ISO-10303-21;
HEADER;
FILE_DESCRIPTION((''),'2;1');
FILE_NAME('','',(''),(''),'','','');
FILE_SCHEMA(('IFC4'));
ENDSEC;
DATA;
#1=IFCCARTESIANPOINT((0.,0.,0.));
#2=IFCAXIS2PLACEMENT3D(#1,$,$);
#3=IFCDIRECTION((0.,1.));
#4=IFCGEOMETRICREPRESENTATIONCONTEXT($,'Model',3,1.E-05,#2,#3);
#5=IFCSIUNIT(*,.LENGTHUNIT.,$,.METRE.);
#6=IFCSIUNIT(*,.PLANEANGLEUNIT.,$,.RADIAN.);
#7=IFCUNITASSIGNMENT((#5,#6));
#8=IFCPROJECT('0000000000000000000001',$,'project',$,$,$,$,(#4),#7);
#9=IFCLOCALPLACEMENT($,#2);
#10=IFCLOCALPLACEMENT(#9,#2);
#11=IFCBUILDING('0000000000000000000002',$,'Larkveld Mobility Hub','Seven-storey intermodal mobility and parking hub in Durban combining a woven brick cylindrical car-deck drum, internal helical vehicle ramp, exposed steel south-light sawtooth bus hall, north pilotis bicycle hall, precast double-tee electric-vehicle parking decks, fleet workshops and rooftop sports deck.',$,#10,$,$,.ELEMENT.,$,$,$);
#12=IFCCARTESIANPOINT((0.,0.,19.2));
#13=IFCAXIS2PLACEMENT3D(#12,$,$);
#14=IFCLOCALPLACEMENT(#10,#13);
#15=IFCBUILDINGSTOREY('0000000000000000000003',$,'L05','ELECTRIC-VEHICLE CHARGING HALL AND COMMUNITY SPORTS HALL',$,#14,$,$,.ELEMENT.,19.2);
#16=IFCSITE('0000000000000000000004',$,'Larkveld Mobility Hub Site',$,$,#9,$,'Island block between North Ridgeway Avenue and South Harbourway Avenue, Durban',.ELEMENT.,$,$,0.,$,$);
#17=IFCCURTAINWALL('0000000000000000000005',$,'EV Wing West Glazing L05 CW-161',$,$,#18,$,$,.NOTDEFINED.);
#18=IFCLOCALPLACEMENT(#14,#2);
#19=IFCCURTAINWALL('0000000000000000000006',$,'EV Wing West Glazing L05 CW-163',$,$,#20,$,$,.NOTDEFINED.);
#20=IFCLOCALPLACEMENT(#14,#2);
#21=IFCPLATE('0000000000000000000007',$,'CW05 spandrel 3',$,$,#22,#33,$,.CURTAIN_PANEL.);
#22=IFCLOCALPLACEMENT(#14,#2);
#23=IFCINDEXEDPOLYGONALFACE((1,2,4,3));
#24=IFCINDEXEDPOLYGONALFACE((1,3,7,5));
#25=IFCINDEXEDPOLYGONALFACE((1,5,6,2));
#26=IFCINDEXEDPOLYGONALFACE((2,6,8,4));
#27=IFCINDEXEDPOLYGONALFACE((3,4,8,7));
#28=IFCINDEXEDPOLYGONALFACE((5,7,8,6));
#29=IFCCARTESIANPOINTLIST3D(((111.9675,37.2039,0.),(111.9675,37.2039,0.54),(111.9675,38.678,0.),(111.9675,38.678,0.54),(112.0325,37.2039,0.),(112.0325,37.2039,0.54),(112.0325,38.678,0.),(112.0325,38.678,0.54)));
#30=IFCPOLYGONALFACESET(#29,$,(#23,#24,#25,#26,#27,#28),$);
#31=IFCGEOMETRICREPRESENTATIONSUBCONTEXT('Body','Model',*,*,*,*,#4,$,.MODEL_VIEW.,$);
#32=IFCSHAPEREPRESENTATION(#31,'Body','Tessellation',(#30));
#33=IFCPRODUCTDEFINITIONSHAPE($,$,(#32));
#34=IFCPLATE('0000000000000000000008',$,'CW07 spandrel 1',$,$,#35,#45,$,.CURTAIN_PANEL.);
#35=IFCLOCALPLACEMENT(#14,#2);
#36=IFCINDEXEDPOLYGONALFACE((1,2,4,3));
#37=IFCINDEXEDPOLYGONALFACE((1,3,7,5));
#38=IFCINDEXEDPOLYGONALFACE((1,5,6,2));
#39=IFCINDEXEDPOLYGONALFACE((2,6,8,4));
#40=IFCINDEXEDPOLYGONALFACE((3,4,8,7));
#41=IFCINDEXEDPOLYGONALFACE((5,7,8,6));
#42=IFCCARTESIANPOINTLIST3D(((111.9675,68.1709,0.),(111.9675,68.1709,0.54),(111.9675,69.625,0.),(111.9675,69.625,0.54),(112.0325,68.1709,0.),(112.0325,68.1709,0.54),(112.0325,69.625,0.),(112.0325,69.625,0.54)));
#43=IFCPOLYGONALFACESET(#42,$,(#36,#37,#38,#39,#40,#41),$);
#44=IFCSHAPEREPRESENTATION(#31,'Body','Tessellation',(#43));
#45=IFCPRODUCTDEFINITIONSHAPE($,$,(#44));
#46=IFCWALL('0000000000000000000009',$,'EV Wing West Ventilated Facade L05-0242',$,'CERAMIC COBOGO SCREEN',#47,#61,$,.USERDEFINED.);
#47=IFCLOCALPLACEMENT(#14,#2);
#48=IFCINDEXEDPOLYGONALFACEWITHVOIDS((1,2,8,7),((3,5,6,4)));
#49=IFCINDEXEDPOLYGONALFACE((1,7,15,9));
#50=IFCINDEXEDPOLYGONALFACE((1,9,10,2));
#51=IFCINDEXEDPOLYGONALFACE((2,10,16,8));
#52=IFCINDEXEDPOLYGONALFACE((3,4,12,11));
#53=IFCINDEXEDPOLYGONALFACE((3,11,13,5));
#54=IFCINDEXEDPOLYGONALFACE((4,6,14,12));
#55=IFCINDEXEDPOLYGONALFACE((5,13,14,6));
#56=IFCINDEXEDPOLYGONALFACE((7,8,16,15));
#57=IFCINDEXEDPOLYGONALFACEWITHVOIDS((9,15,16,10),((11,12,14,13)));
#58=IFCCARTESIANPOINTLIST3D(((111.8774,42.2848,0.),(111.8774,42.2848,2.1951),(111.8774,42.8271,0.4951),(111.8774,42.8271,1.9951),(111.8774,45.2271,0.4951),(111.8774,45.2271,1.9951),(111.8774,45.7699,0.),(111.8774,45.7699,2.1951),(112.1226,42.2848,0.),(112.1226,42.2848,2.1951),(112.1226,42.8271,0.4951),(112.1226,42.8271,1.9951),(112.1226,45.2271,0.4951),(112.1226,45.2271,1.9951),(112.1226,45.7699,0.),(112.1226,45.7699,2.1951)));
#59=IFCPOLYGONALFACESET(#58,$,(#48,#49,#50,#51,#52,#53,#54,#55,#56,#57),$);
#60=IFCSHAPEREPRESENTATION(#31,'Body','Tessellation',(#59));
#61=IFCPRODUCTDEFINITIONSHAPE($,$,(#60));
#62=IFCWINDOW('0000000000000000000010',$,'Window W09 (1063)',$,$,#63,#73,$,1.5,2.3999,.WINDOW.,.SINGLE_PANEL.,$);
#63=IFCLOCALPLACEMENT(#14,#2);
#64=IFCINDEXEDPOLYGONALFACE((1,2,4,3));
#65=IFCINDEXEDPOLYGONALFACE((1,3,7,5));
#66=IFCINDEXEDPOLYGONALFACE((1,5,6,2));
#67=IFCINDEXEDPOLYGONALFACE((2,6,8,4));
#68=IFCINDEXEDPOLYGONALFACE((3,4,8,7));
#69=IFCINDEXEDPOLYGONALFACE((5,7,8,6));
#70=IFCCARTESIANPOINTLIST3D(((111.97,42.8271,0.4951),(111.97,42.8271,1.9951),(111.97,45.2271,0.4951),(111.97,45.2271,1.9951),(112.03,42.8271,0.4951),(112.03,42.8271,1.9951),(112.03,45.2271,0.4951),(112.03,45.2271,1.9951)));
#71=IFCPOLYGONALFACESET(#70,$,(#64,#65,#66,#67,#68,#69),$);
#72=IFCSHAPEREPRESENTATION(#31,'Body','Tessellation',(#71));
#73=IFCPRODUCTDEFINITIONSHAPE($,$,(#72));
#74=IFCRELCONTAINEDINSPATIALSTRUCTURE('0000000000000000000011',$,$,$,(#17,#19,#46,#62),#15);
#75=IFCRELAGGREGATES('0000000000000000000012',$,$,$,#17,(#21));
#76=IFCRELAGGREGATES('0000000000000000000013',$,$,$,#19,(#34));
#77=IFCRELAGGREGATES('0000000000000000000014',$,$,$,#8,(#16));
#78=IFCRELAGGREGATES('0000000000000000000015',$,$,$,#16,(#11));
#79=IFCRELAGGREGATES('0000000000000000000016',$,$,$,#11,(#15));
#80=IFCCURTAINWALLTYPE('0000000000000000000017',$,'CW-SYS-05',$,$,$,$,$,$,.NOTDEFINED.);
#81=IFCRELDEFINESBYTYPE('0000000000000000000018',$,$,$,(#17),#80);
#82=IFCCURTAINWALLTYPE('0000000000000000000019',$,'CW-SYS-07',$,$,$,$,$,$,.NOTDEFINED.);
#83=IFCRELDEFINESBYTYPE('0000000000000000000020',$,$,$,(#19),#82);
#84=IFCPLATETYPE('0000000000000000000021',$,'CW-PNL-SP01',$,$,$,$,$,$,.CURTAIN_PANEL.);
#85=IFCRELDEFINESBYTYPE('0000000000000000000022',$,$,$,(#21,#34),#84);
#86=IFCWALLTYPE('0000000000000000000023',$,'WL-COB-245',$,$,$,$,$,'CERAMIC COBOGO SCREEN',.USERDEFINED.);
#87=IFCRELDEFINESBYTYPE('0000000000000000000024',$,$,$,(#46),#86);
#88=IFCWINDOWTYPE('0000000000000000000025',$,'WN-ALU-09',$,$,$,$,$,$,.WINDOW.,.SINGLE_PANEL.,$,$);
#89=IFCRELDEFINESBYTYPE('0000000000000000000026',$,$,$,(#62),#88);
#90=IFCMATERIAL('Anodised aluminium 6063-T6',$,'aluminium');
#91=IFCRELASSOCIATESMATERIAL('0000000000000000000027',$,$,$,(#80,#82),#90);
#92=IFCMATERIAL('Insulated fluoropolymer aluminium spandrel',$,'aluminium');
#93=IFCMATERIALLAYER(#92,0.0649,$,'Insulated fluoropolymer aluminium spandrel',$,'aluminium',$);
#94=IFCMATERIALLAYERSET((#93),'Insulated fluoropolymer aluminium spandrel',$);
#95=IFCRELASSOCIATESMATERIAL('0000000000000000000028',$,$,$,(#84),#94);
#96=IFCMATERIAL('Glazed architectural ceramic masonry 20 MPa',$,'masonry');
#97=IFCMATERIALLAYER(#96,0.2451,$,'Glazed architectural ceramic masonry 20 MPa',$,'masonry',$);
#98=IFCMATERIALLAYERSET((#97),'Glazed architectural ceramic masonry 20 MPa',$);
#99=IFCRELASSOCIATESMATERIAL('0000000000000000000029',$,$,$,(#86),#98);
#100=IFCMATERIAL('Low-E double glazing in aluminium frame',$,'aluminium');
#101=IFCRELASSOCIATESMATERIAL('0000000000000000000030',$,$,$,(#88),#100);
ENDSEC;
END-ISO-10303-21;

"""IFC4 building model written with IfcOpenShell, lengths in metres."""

from ifc_helpers import new_model, si_unit, direction, frame, frame_2d, origin, origin_2d, place, context, subcontext, project, spatial, rectangle, extrude, material, layer, layer_set, type_object, element, fill, aggregate, save


model = new_model("IFC4")

# Units and contexts
model_context = context("Model", 3, precision=1e-05, world=origin(), true_north=direction((0.0, 1.0)))
body_context = subcontext(model_context, "Body", "Model", "MODEL_VIEW")
ifc_project = project(units=[si_unit("LENGTHUNIT", "METRE"), si_unit("PLANEANGLEUNIT", "RADIAN")], contexts=[model_context])

# Site, building, storey
site_placement = place(None, origin())
site = spatial("IfcSite", under=ifc_project, at=site_placement, Name="Larkveld Mobility Hub Site", LongName="Island block between North Ridgeway Avenue and South Harbourway Avenue, Durban", CompositionType="ELEMENT", RefElevation=0.0)
building_placement = place(site_placement, origin())
building = spatial("IfcBuilding", under=site, at=building_placement, Name="Larkveld Mobility Hub", Description="Seven-storey intermodal mobility and parking hub in Durban combining a woven brick cylindrical car-deck drum, internal helical vehicle ramp, exposed steel south-light sawtooth bus hall, north pilotis bicycle hall, precast double-tee electric-vehicle parking decks, fleet workshops and rooftop sports deck.", CompositionType="ELEMENT")
storey_placement = place(building_placement, frame((0.0, 0.0, 19.2)))
storey = spatial("IfcBuildingStorey", under=building, at=storey_placement, Name="L05", Description="ELECTRIC-VEHICLE CHARGING HALL AND COMMUNITY SPORTS HALL", CompositionType="ELEMENT", Elevation=19.2)

# Curtain wall
ifc_material_1 = material(Name="Anodised aluminium 6063-T6", Category="aluminium")
curtain_wall_type_1 = type_object("IfcCurtainWallType", Name="CW-SYS-05", PredefinedType="NOTDEFINED", material=ifc_material_1)
curtain_wall_1_placement = place(storey_placement, origin())
curtain_wall_1 = element("IfcCurtainWall", 1, at=curtain_wall_1_placement, inside=storey, type_object=curtain_wall_type_1, Name="EV Wing West Glazing L05 CW-161", PredefinedType="NOTDEFINED")

# Curtain wall
curtain_wall_type_2 = type_object("IfcCurtainWallType", Name="CW-SYS-07", PredefinedType="NOTDEFINED", material=ifc_material_1)
curtain_wall_2_placement = place(storey_placement, origin())
curtain_wall_2 = element("IfcCurtainWall", 2, at=curtain_wall_2_placement, inside=storey, type_object=curtain_wall_type_2, Name="EV Wing West Glazing L05 CW-163", PredefinedType="NOTDEFINED")

# Plates
ifc_material_2 = material(Name="Insulated fluoropolymer aluminium spandrel", Category="aluminium")
ifc_layer_1 = layer(ifc_material_2, 0.0649, Name="Insulated fluoropolymer aluminium spandrel", Category="aluminium")
ifc_layer_set_1 = layer_set([ifc_layer_1], Name="Insulated fluoropolymer aluminium spandrel")
plate_type_1 = type_object("IfcPlateType", Name="CW-PNL-SP01", PredefinedType="CURTAIN_PANEL", material=ifc_layer_set_1)
plate_1_placement = place(storey_placement, frame((112.0, 37.9409, 0.0), z_axis=(0.0, 0.0, 1.0), x_axis=(0.0, -1.0, 0.0)))
plate_1 = element("IfcPlate", 3, at=plate_1_placement, type_object=plate_type_1, Name="CW05 spandrel 3", PredefinedType="CURTAIN_PANEL", context=body_context, shape_type="SweptSolid", body=[
    extrude(rectangle(XDim=1.4741, YDim=0.0649, at=origin_2d()), origin(), (0.0, 0.0, 1.0), 0.54),
])
aggregate(curtain_wall_1, [plate_1])
plate_2_placement = place(storey_placement, frame((112.0, 68.8979, 0.0), z_axis=(0.0, 0.0, 1.0), x_axis=(0.0, -1.0, 0.0)))
plate_2 = element("IfcPlate", 4, at=plate_2_placement, type_object=plate_type_1, Name="CW07 spandrel 1", PredefinedType="CURTAIN_PANEL", context=body_context, shape_type="SweptSolid", body=[
    extrude(rectangle(XDim=1.4541, YDim=0.0649, at=origin_2d()), origin(), (0.0, 0.0, 1.0), 0.54),
])
aggregate(curtain_wall_2, [plate_2])

# Wall, opening, window
ifc_material_3 = material(Name="Glazed architectural ceramic masonry 20 MPa", Category="masonry")
ifc_layer_2 = layer(ifc_material_3, 0.2451, Name="Glazed architectural ceramic masonry 20 MPa", Category="masonry")
ifc_layer_set_2 = layer_set([ifc_layer_2], Name="Glazed architectural ceramic masonry 20 MPa")
wall_type = type_object("IfcWallType", Name="WL-COB-245", ElementType="CERAMIC COBOGO SCREEN", PredefinedType="USERDEFINED", material=ifc_layer_set_2)
wall_placement = place(storey_placement, frame((112.0, 45.77, 0.0), z_axis=(0.0, 0.0, 1.0), x_axis=(0.0, -1.0, 0.0)))
wall = element("IfcWall", 5, at=wall_placement, inside=storey, type_object=wall_type, Name="EV Wing West Ventilated Facade L05-0242", ObjectType="CERAMIC COBOGO SCREEN", PredefinedType="USERDEFINED", context=body_context, shape_type="SweptSolid", body=[
    extrude(rectangle(XDim=3.4851, YDim=0.2451, at=frame_2d((1.7427, 0.0))), origin(), (0.0, 0.0, 1.0), 2.1951),
])
opening_placement = place(wall_placement, frame((0.543, 0.0, 0.4951)))
opening = element("IfcOpeningElement", 6, at=opening_placement, cuts=wall, PredefinedType="OPENING", context=body_context, shape_type="SweptSolid", body=[
    extrude(rectangle(XDim=2.3999, YDim=1.5, at=frame_2d((1.2, 0.75))), frame((0.0, 0.1326, 0.0), z_axis=(0.0, -1.0, 0.0), x_axis=(1.0, 0.0, 0.0)), (0.0, 0.0, 1.0), 0.2651),
])
ifc_material_4 = material(Name="Low-E double glazing in aluminium frame", Category="aluminium")
window_type = type_object("IfcWindowType", Name="WN-ALU-09", PartitioningType="SINGLE_PANEL", PredefinedType="WINDOW", material=ifc_material_4)
window_placement = place(opening_placement, origin())
window = element("IfcWindow", 7, at=window_placement, inside=storey, type_object=window_type, Name="Window W09 (1063)", OverallHeight=1.5, OverallWidth=2.3999, PartitioningType="SINGLE_PANEL", PredefinedType="WINDOW", context=body_context, shape_type="SweptSolid", body=[
    extrude(rectangle(XDim=2.3999, YDim=1.5, at=frame_2d((1.2, 0.75))), frame((0.0, 0.03, 0.0), z_axis=(0.0, -1.0, 0.0), x_axis=(1.0, 0.0, 0.0)), (0.0, 0.0, 1.0), 0.0601),
])
fill(opening, window)

save(model, "model.ifc")
